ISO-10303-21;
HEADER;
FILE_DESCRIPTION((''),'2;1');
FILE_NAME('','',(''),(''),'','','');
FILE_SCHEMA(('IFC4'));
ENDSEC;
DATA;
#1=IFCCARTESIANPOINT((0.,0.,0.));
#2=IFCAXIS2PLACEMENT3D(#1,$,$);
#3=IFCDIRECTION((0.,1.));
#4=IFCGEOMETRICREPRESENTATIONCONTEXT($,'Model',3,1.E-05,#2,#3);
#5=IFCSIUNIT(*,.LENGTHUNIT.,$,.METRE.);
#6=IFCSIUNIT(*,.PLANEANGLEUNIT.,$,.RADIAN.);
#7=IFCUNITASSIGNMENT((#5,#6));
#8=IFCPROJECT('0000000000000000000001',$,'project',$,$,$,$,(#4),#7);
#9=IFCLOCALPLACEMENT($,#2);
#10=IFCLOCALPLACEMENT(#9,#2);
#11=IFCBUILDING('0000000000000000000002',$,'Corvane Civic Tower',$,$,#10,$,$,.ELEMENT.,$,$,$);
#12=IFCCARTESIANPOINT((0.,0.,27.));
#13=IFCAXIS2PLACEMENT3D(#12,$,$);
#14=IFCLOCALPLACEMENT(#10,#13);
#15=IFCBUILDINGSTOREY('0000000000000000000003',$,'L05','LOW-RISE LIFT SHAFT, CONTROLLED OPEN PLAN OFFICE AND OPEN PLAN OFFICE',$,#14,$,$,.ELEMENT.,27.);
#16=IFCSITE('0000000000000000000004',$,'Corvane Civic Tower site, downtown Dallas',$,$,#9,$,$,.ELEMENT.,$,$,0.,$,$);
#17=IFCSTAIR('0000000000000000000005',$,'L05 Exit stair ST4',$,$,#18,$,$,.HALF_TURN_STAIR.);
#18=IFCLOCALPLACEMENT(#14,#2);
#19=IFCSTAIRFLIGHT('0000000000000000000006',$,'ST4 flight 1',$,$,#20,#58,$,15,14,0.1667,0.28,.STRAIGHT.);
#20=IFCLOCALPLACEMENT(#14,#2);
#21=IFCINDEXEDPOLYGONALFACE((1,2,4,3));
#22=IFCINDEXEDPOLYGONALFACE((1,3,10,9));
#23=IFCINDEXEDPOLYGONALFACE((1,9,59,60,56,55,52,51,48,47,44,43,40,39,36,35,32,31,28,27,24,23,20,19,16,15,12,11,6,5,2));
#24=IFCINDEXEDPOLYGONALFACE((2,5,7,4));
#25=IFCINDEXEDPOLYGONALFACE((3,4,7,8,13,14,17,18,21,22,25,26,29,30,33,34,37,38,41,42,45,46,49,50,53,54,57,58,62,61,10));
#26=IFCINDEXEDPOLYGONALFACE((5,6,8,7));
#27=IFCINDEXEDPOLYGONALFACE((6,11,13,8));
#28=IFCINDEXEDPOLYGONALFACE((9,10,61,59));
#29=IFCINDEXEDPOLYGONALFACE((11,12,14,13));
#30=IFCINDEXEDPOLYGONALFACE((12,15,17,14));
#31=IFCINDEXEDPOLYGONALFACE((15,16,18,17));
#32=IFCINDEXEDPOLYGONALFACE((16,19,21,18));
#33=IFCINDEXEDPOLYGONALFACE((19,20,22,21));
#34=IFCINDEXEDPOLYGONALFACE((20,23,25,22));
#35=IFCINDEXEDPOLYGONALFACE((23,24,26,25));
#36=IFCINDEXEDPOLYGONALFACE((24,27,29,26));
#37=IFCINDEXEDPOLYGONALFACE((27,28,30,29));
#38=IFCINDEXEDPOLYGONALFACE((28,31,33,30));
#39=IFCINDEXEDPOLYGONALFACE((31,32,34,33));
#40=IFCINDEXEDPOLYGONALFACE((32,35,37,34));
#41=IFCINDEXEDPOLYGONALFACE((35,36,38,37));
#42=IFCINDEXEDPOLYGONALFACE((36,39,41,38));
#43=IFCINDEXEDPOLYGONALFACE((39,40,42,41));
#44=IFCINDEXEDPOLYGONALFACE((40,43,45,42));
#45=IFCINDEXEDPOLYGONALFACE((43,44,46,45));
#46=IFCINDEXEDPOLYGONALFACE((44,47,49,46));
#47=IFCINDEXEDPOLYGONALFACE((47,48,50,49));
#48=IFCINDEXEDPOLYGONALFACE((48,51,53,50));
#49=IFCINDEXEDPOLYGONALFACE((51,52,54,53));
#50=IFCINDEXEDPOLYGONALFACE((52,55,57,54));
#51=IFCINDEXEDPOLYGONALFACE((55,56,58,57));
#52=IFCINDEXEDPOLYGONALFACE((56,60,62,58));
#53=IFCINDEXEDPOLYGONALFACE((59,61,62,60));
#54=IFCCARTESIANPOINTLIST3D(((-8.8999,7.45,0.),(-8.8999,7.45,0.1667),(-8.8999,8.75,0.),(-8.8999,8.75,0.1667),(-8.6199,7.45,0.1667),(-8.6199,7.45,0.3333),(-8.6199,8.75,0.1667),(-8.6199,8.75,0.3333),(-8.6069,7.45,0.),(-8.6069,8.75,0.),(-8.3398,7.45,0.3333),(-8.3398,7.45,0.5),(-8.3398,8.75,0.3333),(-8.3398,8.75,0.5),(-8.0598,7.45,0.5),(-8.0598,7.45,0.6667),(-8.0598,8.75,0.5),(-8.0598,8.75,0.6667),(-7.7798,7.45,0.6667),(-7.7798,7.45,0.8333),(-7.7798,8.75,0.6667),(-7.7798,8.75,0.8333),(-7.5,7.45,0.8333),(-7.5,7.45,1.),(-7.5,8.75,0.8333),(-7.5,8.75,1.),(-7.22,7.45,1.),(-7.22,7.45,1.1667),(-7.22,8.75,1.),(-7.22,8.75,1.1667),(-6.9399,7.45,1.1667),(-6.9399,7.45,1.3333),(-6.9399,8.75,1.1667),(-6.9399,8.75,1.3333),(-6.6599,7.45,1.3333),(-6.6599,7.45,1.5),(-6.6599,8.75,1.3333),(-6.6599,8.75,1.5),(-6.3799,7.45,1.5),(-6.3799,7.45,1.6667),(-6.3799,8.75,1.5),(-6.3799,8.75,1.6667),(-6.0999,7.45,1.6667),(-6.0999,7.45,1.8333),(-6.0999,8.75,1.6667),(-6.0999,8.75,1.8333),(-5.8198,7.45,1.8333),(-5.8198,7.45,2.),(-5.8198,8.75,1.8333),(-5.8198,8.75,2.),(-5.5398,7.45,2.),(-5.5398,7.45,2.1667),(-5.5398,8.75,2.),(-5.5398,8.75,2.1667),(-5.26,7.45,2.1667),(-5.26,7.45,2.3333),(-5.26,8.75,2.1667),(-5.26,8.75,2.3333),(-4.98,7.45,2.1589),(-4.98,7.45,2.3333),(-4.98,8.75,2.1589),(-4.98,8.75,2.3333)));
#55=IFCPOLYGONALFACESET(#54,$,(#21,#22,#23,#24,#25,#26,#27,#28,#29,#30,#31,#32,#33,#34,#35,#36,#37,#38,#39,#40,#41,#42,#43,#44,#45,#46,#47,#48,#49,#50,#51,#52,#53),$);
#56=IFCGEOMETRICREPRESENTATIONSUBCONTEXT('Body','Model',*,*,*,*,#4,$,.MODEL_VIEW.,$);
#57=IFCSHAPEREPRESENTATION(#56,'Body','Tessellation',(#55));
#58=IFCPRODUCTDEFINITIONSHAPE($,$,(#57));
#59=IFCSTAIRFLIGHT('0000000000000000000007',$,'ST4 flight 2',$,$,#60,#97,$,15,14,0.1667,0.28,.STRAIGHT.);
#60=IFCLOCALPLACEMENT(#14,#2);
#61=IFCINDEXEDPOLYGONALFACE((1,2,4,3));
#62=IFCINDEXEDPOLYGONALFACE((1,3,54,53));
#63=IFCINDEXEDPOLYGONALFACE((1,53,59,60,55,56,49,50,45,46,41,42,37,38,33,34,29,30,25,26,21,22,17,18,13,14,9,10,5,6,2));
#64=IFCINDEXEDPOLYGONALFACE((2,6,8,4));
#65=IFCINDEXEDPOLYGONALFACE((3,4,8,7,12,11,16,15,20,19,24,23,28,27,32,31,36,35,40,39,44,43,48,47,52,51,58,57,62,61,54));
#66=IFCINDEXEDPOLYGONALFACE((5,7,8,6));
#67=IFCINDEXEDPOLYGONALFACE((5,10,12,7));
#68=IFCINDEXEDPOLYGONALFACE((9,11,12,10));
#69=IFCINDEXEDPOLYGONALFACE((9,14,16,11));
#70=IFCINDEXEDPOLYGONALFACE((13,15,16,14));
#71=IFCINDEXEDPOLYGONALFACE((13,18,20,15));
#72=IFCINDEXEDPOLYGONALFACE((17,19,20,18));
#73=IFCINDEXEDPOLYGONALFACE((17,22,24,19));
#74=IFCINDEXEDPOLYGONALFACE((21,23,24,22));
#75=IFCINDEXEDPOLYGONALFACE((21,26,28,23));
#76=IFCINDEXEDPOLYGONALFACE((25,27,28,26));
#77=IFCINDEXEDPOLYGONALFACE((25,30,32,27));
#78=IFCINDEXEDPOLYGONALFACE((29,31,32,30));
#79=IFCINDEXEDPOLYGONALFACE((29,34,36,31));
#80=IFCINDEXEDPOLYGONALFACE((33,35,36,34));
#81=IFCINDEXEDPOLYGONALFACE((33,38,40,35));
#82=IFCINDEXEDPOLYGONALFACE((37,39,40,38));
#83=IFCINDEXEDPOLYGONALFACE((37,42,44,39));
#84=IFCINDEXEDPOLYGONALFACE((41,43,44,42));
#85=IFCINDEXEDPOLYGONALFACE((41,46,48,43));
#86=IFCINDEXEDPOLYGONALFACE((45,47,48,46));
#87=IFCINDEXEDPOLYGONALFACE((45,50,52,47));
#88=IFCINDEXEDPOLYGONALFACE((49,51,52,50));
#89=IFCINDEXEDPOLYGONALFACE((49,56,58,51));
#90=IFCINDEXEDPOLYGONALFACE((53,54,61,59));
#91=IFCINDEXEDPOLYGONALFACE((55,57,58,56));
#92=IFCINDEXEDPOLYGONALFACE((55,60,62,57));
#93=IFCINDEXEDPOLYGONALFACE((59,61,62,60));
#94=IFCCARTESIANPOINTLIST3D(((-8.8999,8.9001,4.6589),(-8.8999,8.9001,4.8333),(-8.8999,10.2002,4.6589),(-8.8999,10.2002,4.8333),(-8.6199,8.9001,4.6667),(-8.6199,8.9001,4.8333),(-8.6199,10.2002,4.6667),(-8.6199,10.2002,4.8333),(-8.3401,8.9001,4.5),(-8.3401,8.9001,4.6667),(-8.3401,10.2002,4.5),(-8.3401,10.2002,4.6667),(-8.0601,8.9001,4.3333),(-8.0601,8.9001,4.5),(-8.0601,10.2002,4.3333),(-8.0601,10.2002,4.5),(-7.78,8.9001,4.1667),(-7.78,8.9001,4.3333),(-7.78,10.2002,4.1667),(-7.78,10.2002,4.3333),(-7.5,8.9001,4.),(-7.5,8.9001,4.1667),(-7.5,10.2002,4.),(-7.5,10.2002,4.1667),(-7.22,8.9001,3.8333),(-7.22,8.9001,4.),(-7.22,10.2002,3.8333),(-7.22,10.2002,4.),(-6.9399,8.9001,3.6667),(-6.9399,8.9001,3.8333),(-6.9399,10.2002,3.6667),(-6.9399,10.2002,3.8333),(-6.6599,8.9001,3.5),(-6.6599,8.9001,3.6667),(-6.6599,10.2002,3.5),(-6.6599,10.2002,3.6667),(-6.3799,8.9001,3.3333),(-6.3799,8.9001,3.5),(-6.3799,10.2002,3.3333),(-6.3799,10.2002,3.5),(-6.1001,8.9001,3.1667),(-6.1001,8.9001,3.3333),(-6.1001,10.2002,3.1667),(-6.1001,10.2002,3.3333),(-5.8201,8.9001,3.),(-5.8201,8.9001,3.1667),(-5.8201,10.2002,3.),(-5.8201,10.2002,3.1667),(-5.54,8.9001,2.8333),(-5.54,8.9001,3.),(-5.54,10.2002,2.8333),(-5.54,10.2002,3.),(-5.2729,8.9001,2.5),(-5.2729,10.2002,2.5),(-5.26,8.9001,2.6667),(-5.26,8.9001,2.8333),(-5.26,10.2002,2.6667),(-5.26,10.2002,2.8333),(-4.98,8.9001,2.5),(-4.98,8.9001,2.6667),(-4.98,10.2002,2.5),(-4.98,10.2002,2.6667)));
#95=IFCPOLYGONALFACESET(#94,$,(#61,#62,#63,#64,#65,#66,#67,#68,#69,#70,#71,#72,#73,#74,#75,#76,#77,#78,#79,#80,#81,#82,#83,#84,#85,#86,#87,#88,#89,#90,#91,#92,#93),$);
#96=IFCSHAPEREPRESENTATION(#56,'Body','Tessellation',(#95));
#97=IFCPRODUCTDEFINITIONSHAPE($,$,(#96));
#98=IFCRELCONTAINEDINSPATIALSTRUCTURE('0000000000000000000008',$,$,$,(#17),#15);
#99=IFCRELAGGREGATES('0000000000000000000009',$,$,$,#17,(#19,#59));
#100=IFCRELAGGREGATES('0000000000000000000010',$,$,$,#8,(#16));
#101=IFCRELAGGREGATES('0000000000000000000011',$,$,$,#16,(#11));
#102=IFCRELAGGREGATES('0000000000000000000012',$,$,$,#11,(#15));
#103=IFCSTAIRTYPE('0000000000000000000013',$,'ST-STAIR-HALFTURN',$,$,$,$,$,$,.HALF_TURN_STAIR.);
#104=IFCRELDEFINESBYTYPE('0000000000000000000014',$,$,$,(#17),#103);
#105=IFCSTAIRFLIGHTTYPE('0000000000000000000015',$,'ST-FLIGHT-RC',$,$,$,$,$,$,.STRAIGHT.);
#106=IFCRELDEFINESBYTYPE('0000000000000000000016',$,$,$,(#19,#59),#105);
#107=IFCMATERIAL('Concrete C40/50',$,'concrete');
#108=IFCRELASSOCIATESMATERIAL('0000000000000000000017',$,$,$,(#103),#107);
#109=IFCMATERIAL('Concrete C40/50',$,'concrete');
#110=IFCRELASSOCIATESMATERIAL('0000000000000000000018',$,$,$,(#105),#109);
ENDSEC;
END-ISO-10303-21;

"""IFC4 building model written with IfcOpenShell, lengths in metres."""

from ifc_helpers import new_model, si_unit, direction, frame, origin, place, context, subcontext, project, spatial, polyline, outline, extrude, material, type_object, element, aggregate, save


model = new_model("IFC4")

# Units and contexts
model_context = context("Model", 3, precision=1e-05, world=origin(), true_north=direction((0.0, 1.0)))
body_context = subcontext(model_context, "Body", "Model", "MODEL_VIEW")
ifc_project = project(units=[si_unit("LENGTHUNIT", "METRE"), si_unit("PLANEANGLEUNIT", "RADIAN")], contexts=[model_context])

# Site, building, storey
site_placement = place(None, origin())
site = spatial("IfcSite", under=ifc_project, at=site_placement, Name="Corvane Civic Tower site, downtown Dallas", CompositionType="ELEMENT", RefElevation=0.0)
building_placement = place(site_placement, origin())
building = spatial("IfcBuilding", under=site, at=building_placement, Name="Corvane Civic Tower", CompositionType="ELEMENT")
storey_placement = place(building_placement, frame((0.0, 0.0, 27.0)))
storey = spatial("IfcBuildingStorey", under=building, at=storey_placement, Name="L05", Description="LOW-RISE LIFT SHAFT, CONTROLLED OPEN PLAN OFFICE AND OPEN PLAN OFFICE", CompositionType="ELEMENT", Elevation=27.0)

# Shared definitions
ifc_material_1 = material(Name="Concrete C40/50", Category="concrete")
stair_type = type_object("IfcStairType", Name="ST-STAIR-HALFTURN", PredefinedType="HALF_TURN_STAIR", material=ifc_material_1)

# Stair, stair flights
stair_1_placement = place(storey_placement, origin())
stair_1 = element("IfcStair", 1, at=stair_1_placement, inside=storey, type_object=stair_type, Name="L05 Exit stair ST4", PredefinedType="HALF_TURN_STAIR")
ifc_material_2 = material(Name="Concrete C40/50", Category="concrete")
stair_flight_type = type_object("IfcStairFlightType", Name="ST-FLIGHT-RC", PredefinedType="STRAIGHT", material=ifc_material_2)
stair_flight_1_placement = place(storey_placement, frame((-8.8999, 8.1001, 0.0), z_axis=(0.0, 0.0, 1.0), x_axis=(1.0, 0.0, 0.0)))
stair_flight_1 = element("IfcStairFlight", 2, at=stair_flight_1_placement, type_object=stair_flight_type, Name="ST4 flight 1", NumberOfRisers=15, NumberOfTreads=14, PredefinedType="STRAIGHT", RiserHeight=0.1667, TreadLength=0.28, context=body_context, shape_type="SweptSolid", body=[
    extrude(outline(polyline([(0.0, 0.0), (0.0, 0.1667), (0.28, 0.1667), (0.28, 0.3333), (0.5601, 0.3333), (0.5601, 0.5), (0.8401, 0.5), (0.8401, 0.6667), (1.1201, 0.6667), (1.1201, 0.8333), (1.3999, 0.8333), (1.3999, 1.0), (1.6799, 1.0), (1.6799, 1.1667), (1.96, 1.1667), (1.96, 1.3333), (2.24, 1.3333), (2.24, 1.5), (2.52, 1.5), (2.52, 1.6667), (2.8, 1.6667), (2.8, 1.8333), (3.0801, 1.8333), (3.0801, 2.0), (3.3601, 2.0), (3.3601, 2.1667), (3.6399, 2.1667), (3.6399, 2.3333), (3.9199, 2.3333), (3.9199, 2.5), (3.9199, 2.1589), (0.293, 0.0), (0.0, 0.0)])), frame((0.0, 0.6499, 0.0), z_axis=(0.0, -1.0, 0.0), x_axis=(1.0, 0.0, 0.0)), (0.0, 0.0, 1.0), 1.3),
])
stair_flight_2_placement = place(storey_placement, frame((-4.98, 9.55, 2.5), z_axis=(0.0, 0.0, 1.0), x_axis=(-1.0, 0.0, 0.0)))
stair_flight_2 = element("IfcStairFlight", 3, at=stair_flight_2_placement, type_object=stair_flight_type, Name="ST4 flight 2", NumberOfRisers=15, NumberOfTreads=14, PredefinedType="STRAIGHT", RiserHeight=0.1667, TreadLength=0.28, context=body_context, shape_type="SweptSolid", body=[
    extrude(outline(polyline([(0.0, 0.0), (0.0, 0.1667), (0.28, 0.1667), (0.28, 0.3333), (0.5601, 0.3333), (0.5601, 0.5), (0.8401, 0.5), (0.8401, 0.6667), (1.1201, 0.6667), (1.1201, 0.8333), (1.3999, 0.8333), (1.3999, 1.0), (1.6799, 1.0), (1.6799, 1.1667), (1.96, 1.1667), (1.96, 1.3333), (2.24, 1.3333), (2.24, 1.5), (2.52, 1.5), (2.52, 1.6667), (2.8, 1.6667), (2.8, 1.8333), (3.0801, 1.8333), (3.0801, 2.0), (3.3601, 2.0), (3.3601, 2.1667), (3.6399, 2.1667), (3.6399, 2.3333), (3.9199, 2.3333), (3.9199, 2.5), (3.9199, 2.1589), (0.293, 0.0), (0.0, 0.0)])), frame((0.0, 0.6499, 0.0), z_axis=(0.0, -1.0, 0.0), x_axis=(1.0, 0.0, 0.0)), (0.0, 0.0, 1.0), 1.3),
])
aggregate(stair_1, [stair_flight_1, stair_flight_2])

save(model, "model.ifc")
